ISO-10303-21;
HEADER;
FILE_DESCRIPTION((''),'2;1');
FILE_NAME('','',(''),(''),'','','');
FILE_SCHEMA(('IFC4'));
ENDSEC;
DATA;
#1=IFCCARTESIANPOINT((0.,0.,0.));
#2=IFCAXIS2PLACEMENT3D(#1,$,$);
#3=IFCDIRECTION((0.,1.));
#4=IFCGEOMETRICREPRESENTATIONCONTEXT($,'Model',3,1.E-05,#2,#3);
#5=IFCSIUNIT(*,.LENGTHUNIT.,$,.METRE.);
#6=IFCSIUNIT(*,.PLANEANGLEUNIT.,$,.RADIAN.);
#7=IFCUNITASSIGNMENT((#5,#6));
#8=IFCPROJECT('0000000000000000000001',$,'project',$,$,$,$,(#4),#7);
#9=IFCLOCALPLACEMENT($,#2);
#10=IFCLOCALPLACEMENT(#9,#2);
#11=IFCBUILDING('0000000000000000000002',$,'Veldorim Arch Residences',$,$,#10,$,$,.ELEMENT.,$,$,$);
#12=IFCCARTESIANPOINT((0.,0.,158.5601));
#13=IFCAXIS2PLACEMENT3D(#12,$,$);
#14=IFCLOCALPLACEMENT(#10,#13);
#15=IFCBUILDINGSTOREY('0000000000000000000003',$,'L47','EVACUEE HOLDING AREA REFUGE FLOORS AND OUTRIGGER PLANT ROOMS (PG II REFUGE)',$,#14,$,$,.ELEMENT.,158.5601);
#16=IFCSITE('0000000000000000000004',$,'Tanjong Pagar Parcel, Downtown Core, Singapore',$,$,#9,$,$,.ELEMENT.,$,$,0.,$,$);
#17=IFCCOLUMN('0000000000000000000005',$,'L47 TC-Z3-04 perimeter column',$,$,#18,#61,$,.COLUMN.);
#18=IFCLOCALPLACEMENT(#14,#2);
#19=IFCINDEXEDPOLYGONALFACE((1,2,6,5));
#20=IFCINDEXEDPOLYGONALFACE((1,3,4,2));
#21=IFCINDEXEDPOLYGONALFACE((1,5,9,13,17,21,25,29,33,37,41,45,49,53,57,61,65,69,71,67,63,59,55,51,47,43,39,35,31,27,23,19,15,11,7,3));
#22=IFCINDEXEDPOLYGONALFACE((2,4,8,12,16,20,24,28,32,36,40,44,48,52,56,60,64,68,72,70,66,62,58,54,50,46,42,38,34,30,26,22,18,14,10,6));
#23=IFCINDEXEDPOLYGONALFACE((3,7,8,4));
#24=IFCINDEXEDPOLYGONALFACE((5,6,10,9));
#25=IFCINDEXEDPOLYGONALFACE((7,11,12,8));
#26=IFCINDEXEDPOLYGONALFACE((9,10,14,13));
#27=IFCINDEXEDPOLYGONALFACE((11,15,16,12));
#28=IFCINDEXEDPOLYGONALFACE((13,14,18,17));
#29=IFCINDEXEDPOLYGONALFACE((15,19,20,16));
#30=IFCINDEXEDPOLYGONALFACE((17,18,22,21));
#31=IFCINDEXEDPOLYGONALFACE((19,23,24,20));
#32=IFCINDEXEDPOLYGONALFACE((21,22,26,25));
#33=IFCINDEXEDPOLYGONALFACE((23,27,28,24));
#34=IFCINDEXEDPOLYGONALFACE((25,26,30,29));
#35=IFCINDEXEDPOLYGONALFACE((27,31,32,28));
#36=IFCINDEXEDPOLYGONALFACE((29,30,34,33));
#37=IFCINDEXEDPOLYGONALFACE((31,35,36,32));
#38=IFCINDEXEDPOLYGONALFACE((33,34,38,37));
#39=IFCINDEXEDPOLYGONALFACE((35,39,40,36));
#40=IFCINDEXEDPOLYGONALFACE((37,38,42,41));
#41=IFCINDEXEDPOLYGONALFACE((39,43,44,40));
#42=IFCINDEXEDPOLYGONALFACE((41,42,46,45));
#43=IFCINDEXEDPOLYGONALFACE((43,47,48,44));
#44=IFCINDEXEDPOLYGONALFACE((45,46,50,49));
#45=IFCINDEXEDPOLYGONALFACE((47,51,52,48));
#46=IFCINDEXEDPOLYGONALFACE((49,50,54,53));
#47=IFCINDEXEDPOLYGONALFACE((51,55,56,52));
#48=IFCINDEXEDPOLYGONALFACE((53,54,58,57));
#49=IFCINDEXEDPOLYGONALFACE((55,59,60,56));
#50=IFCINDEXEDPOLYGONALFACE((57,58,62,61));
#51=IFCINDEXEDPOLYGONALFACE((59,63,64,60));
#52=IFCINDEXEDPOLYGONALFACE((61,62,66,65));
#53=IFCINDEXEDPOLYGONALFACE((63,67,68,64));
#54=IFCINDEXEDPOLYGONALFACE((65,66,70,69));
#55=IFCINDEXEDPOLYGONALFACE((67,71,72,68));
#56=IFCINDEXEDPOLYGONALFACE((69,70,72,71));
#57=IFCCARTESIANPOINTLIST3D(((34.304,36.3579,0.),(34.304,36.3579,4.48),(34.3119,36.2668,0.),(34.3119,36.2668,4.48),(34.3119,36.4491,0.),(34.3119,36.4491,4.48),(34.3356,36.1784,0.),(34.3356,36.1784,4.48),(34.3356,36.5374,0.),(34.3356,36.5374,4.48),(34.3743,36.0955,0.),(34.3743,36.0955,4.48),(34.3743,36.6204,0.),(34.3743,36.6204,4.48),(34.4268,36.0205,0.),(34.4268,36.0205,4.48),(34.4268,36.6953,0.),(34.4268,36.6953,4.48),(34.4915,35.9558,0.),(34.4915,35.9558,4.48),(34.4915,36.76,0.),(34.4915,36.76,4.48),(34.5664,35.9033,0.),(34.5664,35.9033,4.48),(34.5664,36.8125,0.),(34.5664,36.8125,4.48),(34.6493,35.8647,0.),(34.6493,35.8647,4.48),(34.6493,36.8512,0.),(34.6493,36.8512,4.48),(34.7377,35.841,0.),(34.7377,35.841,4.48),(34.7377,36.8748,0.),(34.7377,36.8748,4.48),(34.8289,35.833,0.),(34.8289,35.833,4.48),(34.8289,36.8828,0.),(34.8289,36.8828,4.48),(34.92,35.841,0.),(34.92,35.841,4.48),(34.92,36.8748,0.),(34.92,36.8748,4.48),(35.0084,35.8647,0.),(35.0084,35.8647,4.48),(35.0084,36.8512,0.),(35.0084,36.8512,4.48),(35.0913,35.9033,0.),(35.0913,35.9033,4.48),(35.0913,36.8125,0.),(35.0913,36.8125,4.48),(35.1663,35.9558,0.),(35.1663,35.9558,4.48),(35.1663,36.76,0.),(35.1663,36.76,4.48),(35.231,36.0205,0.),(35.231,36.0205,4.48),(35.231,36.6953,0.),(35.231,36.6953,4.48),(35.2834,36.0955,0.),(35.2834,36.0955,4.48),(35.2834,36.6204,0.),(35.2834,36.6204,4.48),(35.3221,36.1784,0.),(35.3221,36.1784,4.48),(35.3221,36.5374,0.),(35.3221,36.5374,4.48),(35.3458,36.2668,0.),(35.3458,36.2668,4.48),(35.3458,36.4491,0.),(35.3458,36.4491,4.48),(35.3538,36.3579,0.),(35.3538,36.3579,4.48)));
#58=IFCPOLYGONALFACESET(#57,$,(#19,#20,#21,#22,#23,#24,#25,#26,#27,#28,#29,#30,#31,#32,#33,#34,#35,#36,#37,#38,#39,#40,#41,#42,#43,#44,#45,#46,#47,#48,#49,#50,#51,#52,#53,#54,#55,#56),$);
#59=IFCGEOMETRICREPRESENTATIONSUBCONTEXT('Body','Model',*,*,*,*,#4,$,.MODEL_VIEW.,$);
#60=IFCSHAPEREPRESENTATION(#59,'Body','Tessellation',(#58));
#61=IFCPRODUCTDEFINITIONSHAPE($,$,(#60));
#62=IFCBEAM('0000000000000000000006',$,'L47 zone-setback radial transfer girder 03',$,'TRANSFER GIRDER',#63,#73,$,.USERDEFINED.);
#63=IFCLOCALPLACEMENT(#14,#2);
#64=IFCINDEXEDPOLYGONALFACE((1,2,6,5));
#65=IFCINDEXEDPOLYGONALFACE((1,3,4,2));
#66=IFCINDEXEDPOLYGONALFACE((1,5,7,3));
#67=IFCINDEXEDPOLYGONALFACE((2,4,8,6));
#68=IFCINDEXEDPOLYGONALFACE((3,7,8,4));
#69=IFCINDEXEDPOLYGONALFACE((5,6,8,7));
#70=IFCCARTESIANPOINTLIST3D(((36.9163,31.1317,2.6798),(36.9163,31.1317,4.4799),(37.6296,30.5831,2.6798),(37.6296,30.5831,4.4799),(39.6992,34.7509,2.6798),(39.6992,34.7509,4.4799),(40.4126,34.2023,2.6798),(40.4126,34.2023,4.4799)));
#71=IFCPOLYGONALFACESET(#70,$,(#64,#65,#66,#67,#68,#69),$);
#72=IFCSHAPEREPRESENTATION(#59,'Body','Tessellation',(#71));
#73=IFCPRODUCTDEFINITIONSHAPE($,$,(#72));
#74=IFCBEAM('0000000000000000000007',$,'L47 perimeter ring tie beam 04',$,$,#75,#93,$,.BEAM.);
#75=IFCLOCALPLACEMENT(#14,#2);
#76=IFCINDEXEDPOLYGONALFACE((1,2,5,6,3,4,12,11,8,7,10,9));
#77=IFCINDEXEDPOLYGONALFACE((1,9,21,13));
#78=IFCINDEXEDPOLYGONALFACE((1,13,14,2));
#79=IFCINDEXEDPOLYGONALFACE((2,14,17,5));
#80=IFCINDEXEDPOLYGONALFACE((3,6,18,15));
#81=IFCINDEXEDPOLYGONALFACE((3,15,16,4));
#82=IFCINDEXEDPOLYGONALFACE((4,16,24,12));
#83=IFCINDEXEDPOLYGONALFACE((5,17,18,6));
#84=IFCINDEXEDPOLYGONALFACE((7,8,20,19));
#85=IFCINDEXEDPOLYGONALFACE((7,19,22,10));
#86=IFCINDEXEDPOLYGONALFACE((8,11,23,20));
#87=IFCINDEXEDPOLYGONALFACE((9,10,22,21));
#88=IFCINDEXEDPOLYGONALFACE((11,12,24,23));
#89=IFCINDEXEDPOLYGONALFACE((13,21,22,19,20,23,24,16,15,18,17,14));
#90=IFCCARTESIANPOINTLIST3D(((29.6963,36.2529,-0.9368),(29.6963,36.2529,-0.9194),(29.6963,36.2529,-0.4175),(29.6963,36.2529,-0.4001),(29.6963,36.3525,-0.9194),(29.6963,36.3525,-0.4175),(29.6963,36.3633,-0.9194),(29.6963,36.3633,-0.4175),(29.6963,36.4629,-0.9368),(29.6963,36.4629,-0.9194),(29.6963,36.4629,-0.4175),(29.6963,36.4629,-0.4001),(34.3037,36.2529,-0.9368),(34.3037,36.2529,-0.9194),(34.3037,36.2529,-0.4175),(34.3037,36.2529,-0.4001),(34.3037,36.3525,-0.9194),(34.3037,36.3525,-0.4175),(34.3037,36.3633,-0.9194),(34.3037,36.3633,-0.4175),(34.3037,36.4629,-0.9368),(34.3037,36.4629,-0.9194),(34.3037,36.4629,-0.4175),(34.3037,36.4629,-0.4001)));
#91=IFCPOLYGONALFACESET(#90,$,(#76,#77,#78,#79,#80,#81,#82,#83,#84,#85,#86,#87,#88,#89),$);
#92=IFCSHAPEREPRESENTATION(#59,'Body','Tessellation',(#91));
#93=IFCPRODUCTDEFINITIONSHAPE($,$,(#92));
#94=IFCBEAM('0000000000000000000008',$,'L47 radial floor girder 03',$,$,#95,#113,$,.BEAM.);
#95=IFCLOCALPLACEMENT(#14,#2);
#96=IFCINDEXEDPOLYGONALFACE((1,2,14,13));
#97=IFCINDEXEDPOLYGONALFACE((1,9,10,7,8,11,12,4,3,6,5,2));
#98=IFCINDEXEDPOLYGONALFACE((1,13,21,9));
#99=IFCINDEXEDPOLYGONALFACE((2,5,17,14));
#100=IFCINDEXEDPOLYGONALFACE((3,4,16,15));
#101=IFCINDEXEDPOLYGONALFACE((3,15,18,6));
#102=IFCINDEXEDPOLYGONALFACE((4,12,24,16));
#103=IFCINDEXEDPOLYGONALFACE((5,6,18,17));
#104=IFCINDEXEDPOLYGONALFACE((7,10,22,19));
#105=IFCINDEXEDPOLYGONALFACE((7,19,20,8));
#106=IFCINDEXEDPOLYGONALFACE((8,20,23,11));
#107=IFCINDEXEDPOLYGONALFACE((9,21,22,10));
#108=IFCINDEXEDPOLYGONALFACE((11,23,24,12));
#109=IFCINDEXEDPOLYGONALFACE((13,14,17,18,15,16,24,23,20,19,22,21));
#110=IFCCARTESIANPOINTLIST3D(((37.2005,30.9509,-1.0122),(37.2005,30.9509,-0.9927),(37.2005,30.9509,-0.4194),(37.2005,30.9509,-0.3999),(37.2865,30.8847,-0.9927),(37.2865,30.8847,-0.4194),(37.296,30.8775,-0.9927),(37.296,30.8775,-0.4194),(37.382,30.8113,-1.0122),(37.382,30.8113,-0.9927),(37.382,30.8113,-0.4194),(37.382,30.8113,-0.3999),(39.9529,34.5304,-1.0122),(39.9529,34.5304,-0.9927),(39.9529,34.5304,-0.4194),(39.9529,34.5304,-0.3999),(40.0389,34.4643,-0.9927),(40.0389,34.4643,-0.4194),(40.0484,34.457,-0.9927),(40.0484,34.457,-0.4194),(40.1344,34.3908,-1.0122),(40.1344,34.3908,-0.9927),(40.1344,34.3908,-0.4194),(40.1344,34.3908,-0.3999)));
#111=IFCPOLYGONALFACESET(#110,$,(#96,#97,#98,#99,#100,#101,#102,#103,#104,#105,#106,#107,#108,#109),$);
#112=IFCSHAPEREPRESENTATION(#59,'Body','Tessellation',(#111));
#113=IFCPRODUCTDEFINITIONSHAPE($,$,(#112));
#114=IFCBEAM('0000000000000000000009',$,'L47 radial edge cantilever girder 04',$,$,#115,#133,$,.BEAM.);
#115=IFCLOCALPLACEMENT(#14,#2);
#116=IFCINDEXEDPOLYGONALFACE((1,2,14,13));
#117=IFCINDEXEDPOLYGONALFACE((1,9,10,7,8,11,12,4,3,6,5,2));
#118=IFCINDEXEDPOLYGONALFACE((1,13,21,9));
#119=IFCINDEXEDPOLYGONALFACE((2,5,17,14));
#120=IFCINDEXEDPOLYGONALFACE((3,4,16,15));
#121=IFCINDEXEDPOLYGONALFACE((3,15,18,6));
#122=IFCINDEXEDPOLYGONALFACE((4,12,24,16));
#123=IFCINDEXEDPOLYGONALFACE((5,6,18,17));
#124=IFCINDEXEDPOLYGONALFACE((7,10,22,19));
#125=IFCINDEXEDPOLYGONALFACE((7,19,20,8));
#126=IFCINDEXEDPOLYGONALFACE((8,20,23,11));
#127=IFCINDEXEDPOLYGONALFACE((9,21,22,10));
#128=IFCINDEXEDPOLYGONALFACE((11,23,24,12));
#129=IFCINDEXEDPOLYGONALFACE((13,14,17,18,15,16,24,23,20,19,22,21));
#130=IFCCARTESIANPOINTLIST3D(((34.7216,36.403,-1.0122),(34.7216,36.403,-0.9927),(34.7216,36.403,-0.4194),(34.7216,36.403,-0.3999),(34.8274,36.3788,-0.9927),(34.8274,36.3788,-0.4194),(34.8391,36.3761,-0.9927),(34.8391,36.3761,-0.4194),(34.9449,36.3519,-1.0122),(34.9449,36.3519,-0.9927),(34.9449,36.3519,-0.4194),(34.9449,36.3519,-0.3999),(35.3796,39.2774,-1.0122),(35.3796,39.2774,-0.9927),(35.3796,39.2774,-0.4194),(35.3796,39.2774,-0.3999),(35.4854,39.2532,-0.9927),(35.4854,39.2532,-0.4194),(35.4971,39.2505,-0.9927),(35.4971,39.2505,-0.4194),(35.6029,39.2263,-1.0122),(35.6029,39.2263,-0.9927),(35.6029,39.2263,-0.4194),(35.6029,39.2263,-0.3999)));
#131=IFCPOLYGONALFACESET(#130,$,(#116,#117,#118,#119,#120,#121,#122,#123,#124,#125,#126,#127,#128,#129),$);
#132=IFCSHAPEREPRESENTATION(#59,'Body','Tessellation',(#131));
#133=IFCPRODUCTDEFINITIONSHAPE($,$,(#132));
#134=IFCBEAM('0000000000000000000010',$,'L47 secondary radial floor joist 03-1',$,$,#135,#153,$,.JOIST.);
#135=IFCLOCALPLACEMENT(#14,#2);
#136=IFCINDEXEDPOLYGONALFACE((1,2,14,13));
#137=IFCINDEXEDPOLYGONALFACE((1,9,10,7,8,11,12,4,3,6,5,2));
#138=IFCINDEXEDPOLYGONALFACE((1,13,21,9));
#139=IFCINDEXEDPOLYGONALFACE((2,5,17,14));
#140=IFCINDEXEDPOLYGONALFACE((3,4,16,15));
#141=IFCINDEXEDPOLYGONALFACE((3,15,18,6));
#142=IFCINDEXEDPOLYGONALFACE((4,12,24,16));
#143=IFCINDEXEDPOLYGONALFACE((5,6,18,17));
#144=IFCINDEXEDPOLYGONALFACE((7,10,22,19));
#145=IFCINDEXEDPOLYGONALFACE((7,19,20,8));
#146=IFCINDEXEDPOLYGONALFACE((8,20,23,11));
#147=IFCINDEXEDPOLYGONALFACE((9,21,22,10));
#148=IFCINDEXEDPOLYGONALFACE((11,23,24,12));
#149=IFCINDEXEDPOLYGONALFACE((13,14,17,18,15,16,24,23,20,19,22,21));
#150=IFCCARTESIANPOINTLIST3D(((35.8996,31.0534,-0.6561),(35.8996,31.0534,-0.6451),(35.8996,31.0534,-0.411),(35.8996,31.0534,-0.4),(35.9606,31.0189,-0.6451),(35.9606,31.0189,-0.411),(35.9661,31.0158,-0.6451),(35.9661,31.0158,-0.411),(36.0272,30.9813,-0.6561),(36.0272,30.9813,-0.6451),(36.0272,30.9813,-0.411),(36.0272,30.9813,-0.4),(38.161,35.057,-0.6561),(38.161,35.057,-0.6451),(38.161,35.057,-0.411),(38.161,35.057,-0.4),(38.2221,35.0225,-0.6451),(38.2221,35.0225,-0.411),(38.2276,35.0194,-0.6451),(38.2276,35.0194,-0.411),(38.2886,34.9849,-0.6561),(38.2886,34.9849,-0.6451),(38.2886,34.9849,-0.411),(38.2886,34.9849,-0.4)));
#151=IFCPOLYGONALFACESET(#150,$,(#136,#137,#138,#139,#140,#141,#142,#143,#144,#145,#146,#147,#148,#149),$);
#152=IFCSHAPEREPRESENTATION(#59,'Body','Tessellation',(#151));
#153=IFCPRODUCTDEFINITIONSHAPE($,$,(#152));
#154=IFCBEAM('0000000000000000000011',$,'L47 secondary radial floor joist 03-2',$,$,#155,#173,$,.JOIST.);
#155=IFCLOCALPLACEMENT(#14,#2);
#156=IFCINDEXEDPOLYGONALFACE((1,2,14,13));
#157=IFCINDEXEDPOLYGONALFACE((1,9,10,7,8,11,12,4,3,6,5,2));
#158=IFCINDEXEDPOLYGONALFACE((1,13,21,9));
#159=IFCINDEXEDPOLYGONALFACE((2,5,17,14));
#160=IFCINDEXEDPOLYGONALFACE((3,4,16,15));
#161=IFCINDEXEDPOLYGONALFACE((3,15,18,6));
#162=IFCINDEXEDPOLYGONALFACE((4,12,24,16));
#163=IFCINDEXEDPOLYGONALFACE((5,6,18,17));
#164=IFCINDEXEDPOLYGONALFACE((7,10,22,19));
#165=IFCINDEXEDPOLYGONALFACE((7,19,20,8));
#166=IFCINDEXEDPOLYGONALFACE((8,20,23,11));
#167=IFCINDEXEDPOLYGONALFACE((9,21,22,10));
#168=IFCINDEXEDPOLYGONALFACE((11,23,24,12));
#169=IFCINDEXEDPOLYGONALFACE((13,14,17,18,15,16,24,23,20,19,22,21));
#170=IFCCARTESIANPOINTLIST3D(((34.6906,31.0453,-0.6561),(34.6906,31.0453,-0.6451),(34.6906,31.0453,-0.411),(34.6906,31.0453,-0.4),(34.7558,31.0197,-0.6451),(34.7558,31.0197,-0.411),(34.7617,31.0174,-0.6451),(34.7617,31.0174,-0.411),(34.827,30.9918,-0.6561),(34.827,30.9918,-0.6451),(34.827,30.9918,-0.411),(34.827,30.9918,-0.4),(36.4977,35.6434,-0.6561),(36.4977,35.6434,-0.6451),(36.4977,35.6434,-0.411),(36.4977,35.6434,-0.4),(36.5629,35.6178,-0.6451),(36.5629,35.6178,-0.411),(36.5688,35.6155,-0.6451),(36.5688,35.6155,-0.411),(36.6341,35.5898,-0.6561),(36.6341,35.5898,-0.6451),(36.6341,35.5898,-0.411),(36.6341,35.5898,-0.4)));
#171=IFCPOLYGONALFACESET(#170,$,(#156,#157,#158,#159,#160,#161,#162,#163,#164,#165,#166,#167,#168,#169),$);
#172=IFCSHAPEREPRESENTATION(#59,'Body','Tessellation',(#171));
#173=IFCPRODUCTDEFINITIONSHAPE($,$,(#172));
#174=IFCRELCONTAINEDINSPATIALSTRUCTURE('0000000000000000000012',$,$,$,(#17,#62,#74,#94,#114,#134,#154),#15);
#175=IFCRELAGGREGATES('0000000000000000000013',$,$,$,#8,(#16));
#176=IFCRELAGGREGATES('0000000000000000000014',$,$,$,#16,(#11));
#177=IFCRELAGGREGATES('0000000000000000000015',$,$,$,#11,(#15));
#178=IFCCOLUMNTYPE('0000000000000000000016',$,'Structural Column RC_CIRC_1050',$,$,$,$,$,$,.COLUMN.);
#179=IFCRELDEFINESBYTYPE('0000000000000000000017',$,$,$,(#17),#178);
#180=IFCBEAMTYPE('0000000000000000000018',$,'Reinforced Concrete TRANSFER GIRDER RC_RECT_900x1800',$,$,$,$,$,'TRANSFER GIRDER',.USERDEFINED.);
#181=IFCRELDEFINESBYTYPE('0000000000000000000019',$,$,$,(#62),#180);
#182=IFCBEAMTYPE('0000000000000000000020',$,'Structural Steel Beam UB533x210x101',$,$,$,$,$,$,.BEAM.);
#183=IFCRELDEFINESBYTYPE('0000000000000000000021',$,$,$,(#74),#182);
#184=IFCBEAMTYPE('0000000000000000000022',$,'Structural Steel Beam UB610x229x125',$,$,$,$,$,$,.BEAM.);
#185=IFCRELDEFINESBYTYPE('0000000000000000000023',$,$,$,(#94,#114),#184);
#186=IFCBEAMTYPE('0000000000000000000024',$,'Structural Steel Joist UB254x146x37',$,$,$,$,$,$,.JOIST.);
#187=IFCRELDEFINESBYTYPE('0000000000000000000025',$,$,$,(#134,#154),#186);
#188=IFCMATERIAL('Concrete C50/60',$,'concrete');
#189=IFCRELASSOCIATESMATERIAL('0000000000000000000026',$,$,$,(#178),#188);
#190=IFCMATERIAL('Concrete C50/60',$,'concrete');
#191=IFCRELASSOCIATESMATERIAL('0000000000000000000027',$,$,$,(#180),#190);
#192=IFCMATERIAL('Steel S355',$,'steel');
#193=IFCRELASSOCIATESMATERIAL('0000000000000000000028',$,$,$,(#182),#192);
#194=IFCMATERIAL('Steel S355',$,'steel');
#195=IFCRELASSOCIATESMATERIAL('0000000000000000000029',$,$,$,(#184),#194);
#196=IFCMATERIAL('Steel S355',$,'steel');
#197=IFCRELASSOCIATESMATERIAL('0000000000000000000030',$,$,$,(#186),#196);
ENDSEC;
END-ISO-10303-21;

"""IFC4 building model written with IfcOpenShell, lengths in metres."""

from ifc_helpers import new_model, si_unit, direction, frame, origin, origin_2d, place, context, subcontext, project, spatial, rectangle, circle, i_section, extrude, material, material_profile, profile_set, type_object, element, save


model = new_model("IFC4")

# Units and contexts
model_context = context("Model", 3, precision=1e-05, world=origin(), true_north=direction((0.0, 1.0)))
body_context = subcontext(model_context, "Body", "Model", "MODEL_VIEW")
ifc_project = project(units=[si_unit("LENGTHUNIT", "METRE"), si_unit("PLANEANGLEUNIT", "RADIAN")], contexts=[model_context])

# Site, building, storey
site_placement = place(None, origin())
site = spatial("IfcSite", under=ifc_project, at=site_placement, Name="Tanjong Pagar Parcel, Downtown Core, Singapore", CompositionType="ELEMENT", RefElevation=0.0)
building_placement = place(site_placement, origin())
building = spatial("IfcBuilding", under=site, at=building_placement, Name="Veldorim Arch Residences", CompositionType="ELEMENT")
storey_placement = place(building_placement, frame((0.0, 0.0, 158.5601)))
storey = spatial("IfcBuildingStorey", under=building, at=storey_placement, Name="L47", Description="EVACUEE HOLDING AREA REFUGE FLOORS AND OUTRIGGER PLANT ROOMS (PG II REFUGE)", CompositionType="ELEMENT", Elevation=158.5601)

# Column
ifc_material_1 = material(Name="Concrete C50/60", Category="concrete")
ifc_material_profile_1 = material_profile(ifc_material_1, circle(Radius=0.5249, at=origin_2d()), Name="RC_CIRC_1050")
ifc_profile_set_1 = profile_set([ifc_material_profile_1], Name="Concrete C50/60")
column_type = type_object("IfcColumnType", Name="Structural Column RC_CIRC_1050", PredefinedType="COLUMN", material=ifc_profile_set_1)
column_placement = place(storey_placement, frame((34.8289, 36.3579, 0.0), z_axis=(0.0, 0.0, 1.0), x_axis=(1.0, 0.0, 0.0)))
element("IfcColumn", 1, at=column_placement, inside=storey, type_object=column_type, Name="L47 TC-Z3-04 perimeter column", PredefinedType="COLUMN", context=body_context, shape_type="SweptSolid", body=[
    extrude(circle(Radius=0.5249, at=origin_2d()), origin(), (0.0, 0.0, 1.0), 4.48),
])

# Beams
ifc_material_2 = material(Name="Concrete C50/60", Category="concrete")
ifc_material_profile_2 = material_profile(ifc_material_2, rectangle(XDim=0.8999, YDim=1.8, at=origin_2d()), Name="RC_RECT_900x1800")
ifc_profile_set_2 = profile_set([ifc_material_profile_2], Name="Concrete C50/60")
beam_type_1 = type_object("IfcBeamType", Name="Reinforced Concrete TRANSFER GIRDER RC_RECT_900x1800", ElementType="TRANSFER GIRDER", PredefinedType="USERDEFINED", material=ifc_profile_set_2)
beam_1_placement = place(storey_placement, frame((37.2729, 30.8574, 3.5798), z_axis=(0.609574, 0.792729, 0.0), x_axis=(-0.792729, 0.609574, 0.0)))
element("IfcBeam", 2, at=beam_1_placement, inside=storey, type_object=beam_type_1, Name="L47 zone-setback radial transfer girder 03", ObjectType="TRANSFER GIRDER", PredefinedType="USERDEFINED", context=body_context, shape_type="SweptSolid", body=[
    extrude(rectangle(XDim=0.8999, YDim=1.8, at=origin_2d()), origin(), (0.0, 0.0, 1.0), 4.5654),
])
ifc_material_3 = material(Name="Steel S355", Category="steel")
ifc_material_profile_3 = material_profile(ifc_material_3, i_section(OverallWidth=0.21, OverallDepth=0.5366, WebThickness=0.0107, FlangeThickness=0.0173, at=origin_2d()), Name="UB533x210x101")
ifc_profile_set_3 = profile_set([ifc_material_profile_3], Name="Steel S355")
beam_type_2 = type_object("IfcBeamType", Name="Structural Steel Beam UB533x210x101", PredefinedType="BEAM", material=ifc_profile_set_3)
beam_2_placement = place(storey_placement, frame((34.3037, 36.3579, -0.6685), z_axis=(-1.0, 0.0, 0.0), x_axis=(0.0, -1.0, 0.0)))
element("IfcBeam", 3, at=beam_2_placement, inside=storey, type_object=beam_type_2, Name="L47 perimeter ring tie beam 04", PredefinedType="BEAM", context=body_context, shape_type="SweptSolid", body=[
    extrude(i_section(OverallWidth=0.21, OverallDepth=0.5366, WebThickness=0.0107, FlangeThickness=0.0173, at=origin_2d()), origin(), (0.0, 0.0, 1.0), 4.6074),
])
ifc_material_4 = material(Name="Steel S355", Category="steel")
ifc_material_profile_4 = material_profile(ifc_material_4, i_section(OverallWidth=0.229, OverallDepth=0.6123, WebThickness=0.012, FlangeThickness=0.0195, at=origin_2d()), Name="UB610x229x125")
ifc_profile_set_4 = profile_set([ifc_material_profile_4], Name="Steel S355")
beam_type_3 = type_object("IfcBeamType", Name="Structural Steel Beam UB610x229x125", PredefinedType="BEAM", material=ifc_profile_set_4)
beam_3_placement = place(storey_placement, frame((37.2913, 30.8811, -0.7061), z_axis=(0.609559, 0.792741, 0.0), x_axis=(-0.792741, 0.609559, 0.0)))
element("IfcBeam", 4, at=beam_3_placement, inside=storey, type_object=beam_type_3, Name="L47 radial floor girder 03", PredefinedType="BEAM", context=body_context, shape_type="SweptSolid", body=[
    extrude(i_section(OverallWidth=0.229, OverallDepth=0.6123, WebThickness=0.012, FlangeThickness=0.0195, at=origin_2d()), origin(), (0.0, 0.0, 1.0), 4.5154),
])
beam_4_placement = place(storey_placement, frame((34.8333, 36.3774, -0.7061), z_axis=(0.223142, 0.974786, 0.0), x_axis=(-0.974786, 0.223142, 0.0)))
element("IfcBeam", 5, at=beam_4_placement, inside=storey, type_object=beam_type_3, Name="L47 radial edge cantilever girder 04", PredefinedType="BEAM", context=body_context, shape_type="SweptSolid", body=[
    extrude(i_section(OverallWidth=0.229, OverallDepth=0.6123, WebThickness=0.012, FlangeThickness=0.0195, at=origin_2d()), origin(), (0.0, 0.0, 1.0), 2.9487),
])
ifc_material_5 = material(Name="Steel S355", Category="steel")
ifc_material_profile_5 = material_profile(ifc_material_5, i_section(OverallWidth=0.1465, OverallDepth=0.2561, WebThickness=0.0063, FlangeThickness=0.011, at=origin_2d()), Name="UB254x146x37")
ifc_profile_set_5 = profile_set([ifc_material_profile_5], Name="Steel S355")
beam_type_4 = type_object("IfcBeamType", Name="Structural Steel Joist UB254x146x37", PredefinedType="JOIST", material=ifc_profile_set_5)
beam_5_placement = place(storey_placement, frame((35.9634, 31.0173, -0.5281), z_axis=(0.491816, 0.870699, 0.0), x_axis=(-0.870699, 0.491816, 0.0)))
element("IfcBeam", 6, at=beam_5_placement, inside=storey, type_object=beam_type_4, Name="L47 secondary radial floor joist 03-1", PredefinedType="JOIST", context=body_context, shape_type="SweptSolid", body=[
    extrude(i_section(OverallWidth=0.1465, OverallDepth=0.2561, WebThickness=0.0063, FlangeThickness=0.011, at=origin_2d()), origin(), (0.0, 0.0, 1.0), 4.5981),
])
beam_6_placement = place(storey_placement, frame((34.7588, 31.0186, -0.5281), z_axis=(0.365778, 0.930702, 0.0), x_axis=(-0.930702, 0.365778, 0.0)))
element("IfcBeam", 7, at=beam_6_placement, inside=storey, type_object=beam_type_4, Name="L47 secondary radial floor joist 03-2", PredefinedType="JOIST", context=body_context, shape_type="SweptSolid", body=[
    extrude(i_section(OverallWidth=0.1465, OverallDepth=0.2561, WebThickness=0.0063, FlangeThickness=0.011, at=origin_2d()), origin(), (0.0, 0.0, 1.0), 4.9404),
])

save(model, "model.ifc")
